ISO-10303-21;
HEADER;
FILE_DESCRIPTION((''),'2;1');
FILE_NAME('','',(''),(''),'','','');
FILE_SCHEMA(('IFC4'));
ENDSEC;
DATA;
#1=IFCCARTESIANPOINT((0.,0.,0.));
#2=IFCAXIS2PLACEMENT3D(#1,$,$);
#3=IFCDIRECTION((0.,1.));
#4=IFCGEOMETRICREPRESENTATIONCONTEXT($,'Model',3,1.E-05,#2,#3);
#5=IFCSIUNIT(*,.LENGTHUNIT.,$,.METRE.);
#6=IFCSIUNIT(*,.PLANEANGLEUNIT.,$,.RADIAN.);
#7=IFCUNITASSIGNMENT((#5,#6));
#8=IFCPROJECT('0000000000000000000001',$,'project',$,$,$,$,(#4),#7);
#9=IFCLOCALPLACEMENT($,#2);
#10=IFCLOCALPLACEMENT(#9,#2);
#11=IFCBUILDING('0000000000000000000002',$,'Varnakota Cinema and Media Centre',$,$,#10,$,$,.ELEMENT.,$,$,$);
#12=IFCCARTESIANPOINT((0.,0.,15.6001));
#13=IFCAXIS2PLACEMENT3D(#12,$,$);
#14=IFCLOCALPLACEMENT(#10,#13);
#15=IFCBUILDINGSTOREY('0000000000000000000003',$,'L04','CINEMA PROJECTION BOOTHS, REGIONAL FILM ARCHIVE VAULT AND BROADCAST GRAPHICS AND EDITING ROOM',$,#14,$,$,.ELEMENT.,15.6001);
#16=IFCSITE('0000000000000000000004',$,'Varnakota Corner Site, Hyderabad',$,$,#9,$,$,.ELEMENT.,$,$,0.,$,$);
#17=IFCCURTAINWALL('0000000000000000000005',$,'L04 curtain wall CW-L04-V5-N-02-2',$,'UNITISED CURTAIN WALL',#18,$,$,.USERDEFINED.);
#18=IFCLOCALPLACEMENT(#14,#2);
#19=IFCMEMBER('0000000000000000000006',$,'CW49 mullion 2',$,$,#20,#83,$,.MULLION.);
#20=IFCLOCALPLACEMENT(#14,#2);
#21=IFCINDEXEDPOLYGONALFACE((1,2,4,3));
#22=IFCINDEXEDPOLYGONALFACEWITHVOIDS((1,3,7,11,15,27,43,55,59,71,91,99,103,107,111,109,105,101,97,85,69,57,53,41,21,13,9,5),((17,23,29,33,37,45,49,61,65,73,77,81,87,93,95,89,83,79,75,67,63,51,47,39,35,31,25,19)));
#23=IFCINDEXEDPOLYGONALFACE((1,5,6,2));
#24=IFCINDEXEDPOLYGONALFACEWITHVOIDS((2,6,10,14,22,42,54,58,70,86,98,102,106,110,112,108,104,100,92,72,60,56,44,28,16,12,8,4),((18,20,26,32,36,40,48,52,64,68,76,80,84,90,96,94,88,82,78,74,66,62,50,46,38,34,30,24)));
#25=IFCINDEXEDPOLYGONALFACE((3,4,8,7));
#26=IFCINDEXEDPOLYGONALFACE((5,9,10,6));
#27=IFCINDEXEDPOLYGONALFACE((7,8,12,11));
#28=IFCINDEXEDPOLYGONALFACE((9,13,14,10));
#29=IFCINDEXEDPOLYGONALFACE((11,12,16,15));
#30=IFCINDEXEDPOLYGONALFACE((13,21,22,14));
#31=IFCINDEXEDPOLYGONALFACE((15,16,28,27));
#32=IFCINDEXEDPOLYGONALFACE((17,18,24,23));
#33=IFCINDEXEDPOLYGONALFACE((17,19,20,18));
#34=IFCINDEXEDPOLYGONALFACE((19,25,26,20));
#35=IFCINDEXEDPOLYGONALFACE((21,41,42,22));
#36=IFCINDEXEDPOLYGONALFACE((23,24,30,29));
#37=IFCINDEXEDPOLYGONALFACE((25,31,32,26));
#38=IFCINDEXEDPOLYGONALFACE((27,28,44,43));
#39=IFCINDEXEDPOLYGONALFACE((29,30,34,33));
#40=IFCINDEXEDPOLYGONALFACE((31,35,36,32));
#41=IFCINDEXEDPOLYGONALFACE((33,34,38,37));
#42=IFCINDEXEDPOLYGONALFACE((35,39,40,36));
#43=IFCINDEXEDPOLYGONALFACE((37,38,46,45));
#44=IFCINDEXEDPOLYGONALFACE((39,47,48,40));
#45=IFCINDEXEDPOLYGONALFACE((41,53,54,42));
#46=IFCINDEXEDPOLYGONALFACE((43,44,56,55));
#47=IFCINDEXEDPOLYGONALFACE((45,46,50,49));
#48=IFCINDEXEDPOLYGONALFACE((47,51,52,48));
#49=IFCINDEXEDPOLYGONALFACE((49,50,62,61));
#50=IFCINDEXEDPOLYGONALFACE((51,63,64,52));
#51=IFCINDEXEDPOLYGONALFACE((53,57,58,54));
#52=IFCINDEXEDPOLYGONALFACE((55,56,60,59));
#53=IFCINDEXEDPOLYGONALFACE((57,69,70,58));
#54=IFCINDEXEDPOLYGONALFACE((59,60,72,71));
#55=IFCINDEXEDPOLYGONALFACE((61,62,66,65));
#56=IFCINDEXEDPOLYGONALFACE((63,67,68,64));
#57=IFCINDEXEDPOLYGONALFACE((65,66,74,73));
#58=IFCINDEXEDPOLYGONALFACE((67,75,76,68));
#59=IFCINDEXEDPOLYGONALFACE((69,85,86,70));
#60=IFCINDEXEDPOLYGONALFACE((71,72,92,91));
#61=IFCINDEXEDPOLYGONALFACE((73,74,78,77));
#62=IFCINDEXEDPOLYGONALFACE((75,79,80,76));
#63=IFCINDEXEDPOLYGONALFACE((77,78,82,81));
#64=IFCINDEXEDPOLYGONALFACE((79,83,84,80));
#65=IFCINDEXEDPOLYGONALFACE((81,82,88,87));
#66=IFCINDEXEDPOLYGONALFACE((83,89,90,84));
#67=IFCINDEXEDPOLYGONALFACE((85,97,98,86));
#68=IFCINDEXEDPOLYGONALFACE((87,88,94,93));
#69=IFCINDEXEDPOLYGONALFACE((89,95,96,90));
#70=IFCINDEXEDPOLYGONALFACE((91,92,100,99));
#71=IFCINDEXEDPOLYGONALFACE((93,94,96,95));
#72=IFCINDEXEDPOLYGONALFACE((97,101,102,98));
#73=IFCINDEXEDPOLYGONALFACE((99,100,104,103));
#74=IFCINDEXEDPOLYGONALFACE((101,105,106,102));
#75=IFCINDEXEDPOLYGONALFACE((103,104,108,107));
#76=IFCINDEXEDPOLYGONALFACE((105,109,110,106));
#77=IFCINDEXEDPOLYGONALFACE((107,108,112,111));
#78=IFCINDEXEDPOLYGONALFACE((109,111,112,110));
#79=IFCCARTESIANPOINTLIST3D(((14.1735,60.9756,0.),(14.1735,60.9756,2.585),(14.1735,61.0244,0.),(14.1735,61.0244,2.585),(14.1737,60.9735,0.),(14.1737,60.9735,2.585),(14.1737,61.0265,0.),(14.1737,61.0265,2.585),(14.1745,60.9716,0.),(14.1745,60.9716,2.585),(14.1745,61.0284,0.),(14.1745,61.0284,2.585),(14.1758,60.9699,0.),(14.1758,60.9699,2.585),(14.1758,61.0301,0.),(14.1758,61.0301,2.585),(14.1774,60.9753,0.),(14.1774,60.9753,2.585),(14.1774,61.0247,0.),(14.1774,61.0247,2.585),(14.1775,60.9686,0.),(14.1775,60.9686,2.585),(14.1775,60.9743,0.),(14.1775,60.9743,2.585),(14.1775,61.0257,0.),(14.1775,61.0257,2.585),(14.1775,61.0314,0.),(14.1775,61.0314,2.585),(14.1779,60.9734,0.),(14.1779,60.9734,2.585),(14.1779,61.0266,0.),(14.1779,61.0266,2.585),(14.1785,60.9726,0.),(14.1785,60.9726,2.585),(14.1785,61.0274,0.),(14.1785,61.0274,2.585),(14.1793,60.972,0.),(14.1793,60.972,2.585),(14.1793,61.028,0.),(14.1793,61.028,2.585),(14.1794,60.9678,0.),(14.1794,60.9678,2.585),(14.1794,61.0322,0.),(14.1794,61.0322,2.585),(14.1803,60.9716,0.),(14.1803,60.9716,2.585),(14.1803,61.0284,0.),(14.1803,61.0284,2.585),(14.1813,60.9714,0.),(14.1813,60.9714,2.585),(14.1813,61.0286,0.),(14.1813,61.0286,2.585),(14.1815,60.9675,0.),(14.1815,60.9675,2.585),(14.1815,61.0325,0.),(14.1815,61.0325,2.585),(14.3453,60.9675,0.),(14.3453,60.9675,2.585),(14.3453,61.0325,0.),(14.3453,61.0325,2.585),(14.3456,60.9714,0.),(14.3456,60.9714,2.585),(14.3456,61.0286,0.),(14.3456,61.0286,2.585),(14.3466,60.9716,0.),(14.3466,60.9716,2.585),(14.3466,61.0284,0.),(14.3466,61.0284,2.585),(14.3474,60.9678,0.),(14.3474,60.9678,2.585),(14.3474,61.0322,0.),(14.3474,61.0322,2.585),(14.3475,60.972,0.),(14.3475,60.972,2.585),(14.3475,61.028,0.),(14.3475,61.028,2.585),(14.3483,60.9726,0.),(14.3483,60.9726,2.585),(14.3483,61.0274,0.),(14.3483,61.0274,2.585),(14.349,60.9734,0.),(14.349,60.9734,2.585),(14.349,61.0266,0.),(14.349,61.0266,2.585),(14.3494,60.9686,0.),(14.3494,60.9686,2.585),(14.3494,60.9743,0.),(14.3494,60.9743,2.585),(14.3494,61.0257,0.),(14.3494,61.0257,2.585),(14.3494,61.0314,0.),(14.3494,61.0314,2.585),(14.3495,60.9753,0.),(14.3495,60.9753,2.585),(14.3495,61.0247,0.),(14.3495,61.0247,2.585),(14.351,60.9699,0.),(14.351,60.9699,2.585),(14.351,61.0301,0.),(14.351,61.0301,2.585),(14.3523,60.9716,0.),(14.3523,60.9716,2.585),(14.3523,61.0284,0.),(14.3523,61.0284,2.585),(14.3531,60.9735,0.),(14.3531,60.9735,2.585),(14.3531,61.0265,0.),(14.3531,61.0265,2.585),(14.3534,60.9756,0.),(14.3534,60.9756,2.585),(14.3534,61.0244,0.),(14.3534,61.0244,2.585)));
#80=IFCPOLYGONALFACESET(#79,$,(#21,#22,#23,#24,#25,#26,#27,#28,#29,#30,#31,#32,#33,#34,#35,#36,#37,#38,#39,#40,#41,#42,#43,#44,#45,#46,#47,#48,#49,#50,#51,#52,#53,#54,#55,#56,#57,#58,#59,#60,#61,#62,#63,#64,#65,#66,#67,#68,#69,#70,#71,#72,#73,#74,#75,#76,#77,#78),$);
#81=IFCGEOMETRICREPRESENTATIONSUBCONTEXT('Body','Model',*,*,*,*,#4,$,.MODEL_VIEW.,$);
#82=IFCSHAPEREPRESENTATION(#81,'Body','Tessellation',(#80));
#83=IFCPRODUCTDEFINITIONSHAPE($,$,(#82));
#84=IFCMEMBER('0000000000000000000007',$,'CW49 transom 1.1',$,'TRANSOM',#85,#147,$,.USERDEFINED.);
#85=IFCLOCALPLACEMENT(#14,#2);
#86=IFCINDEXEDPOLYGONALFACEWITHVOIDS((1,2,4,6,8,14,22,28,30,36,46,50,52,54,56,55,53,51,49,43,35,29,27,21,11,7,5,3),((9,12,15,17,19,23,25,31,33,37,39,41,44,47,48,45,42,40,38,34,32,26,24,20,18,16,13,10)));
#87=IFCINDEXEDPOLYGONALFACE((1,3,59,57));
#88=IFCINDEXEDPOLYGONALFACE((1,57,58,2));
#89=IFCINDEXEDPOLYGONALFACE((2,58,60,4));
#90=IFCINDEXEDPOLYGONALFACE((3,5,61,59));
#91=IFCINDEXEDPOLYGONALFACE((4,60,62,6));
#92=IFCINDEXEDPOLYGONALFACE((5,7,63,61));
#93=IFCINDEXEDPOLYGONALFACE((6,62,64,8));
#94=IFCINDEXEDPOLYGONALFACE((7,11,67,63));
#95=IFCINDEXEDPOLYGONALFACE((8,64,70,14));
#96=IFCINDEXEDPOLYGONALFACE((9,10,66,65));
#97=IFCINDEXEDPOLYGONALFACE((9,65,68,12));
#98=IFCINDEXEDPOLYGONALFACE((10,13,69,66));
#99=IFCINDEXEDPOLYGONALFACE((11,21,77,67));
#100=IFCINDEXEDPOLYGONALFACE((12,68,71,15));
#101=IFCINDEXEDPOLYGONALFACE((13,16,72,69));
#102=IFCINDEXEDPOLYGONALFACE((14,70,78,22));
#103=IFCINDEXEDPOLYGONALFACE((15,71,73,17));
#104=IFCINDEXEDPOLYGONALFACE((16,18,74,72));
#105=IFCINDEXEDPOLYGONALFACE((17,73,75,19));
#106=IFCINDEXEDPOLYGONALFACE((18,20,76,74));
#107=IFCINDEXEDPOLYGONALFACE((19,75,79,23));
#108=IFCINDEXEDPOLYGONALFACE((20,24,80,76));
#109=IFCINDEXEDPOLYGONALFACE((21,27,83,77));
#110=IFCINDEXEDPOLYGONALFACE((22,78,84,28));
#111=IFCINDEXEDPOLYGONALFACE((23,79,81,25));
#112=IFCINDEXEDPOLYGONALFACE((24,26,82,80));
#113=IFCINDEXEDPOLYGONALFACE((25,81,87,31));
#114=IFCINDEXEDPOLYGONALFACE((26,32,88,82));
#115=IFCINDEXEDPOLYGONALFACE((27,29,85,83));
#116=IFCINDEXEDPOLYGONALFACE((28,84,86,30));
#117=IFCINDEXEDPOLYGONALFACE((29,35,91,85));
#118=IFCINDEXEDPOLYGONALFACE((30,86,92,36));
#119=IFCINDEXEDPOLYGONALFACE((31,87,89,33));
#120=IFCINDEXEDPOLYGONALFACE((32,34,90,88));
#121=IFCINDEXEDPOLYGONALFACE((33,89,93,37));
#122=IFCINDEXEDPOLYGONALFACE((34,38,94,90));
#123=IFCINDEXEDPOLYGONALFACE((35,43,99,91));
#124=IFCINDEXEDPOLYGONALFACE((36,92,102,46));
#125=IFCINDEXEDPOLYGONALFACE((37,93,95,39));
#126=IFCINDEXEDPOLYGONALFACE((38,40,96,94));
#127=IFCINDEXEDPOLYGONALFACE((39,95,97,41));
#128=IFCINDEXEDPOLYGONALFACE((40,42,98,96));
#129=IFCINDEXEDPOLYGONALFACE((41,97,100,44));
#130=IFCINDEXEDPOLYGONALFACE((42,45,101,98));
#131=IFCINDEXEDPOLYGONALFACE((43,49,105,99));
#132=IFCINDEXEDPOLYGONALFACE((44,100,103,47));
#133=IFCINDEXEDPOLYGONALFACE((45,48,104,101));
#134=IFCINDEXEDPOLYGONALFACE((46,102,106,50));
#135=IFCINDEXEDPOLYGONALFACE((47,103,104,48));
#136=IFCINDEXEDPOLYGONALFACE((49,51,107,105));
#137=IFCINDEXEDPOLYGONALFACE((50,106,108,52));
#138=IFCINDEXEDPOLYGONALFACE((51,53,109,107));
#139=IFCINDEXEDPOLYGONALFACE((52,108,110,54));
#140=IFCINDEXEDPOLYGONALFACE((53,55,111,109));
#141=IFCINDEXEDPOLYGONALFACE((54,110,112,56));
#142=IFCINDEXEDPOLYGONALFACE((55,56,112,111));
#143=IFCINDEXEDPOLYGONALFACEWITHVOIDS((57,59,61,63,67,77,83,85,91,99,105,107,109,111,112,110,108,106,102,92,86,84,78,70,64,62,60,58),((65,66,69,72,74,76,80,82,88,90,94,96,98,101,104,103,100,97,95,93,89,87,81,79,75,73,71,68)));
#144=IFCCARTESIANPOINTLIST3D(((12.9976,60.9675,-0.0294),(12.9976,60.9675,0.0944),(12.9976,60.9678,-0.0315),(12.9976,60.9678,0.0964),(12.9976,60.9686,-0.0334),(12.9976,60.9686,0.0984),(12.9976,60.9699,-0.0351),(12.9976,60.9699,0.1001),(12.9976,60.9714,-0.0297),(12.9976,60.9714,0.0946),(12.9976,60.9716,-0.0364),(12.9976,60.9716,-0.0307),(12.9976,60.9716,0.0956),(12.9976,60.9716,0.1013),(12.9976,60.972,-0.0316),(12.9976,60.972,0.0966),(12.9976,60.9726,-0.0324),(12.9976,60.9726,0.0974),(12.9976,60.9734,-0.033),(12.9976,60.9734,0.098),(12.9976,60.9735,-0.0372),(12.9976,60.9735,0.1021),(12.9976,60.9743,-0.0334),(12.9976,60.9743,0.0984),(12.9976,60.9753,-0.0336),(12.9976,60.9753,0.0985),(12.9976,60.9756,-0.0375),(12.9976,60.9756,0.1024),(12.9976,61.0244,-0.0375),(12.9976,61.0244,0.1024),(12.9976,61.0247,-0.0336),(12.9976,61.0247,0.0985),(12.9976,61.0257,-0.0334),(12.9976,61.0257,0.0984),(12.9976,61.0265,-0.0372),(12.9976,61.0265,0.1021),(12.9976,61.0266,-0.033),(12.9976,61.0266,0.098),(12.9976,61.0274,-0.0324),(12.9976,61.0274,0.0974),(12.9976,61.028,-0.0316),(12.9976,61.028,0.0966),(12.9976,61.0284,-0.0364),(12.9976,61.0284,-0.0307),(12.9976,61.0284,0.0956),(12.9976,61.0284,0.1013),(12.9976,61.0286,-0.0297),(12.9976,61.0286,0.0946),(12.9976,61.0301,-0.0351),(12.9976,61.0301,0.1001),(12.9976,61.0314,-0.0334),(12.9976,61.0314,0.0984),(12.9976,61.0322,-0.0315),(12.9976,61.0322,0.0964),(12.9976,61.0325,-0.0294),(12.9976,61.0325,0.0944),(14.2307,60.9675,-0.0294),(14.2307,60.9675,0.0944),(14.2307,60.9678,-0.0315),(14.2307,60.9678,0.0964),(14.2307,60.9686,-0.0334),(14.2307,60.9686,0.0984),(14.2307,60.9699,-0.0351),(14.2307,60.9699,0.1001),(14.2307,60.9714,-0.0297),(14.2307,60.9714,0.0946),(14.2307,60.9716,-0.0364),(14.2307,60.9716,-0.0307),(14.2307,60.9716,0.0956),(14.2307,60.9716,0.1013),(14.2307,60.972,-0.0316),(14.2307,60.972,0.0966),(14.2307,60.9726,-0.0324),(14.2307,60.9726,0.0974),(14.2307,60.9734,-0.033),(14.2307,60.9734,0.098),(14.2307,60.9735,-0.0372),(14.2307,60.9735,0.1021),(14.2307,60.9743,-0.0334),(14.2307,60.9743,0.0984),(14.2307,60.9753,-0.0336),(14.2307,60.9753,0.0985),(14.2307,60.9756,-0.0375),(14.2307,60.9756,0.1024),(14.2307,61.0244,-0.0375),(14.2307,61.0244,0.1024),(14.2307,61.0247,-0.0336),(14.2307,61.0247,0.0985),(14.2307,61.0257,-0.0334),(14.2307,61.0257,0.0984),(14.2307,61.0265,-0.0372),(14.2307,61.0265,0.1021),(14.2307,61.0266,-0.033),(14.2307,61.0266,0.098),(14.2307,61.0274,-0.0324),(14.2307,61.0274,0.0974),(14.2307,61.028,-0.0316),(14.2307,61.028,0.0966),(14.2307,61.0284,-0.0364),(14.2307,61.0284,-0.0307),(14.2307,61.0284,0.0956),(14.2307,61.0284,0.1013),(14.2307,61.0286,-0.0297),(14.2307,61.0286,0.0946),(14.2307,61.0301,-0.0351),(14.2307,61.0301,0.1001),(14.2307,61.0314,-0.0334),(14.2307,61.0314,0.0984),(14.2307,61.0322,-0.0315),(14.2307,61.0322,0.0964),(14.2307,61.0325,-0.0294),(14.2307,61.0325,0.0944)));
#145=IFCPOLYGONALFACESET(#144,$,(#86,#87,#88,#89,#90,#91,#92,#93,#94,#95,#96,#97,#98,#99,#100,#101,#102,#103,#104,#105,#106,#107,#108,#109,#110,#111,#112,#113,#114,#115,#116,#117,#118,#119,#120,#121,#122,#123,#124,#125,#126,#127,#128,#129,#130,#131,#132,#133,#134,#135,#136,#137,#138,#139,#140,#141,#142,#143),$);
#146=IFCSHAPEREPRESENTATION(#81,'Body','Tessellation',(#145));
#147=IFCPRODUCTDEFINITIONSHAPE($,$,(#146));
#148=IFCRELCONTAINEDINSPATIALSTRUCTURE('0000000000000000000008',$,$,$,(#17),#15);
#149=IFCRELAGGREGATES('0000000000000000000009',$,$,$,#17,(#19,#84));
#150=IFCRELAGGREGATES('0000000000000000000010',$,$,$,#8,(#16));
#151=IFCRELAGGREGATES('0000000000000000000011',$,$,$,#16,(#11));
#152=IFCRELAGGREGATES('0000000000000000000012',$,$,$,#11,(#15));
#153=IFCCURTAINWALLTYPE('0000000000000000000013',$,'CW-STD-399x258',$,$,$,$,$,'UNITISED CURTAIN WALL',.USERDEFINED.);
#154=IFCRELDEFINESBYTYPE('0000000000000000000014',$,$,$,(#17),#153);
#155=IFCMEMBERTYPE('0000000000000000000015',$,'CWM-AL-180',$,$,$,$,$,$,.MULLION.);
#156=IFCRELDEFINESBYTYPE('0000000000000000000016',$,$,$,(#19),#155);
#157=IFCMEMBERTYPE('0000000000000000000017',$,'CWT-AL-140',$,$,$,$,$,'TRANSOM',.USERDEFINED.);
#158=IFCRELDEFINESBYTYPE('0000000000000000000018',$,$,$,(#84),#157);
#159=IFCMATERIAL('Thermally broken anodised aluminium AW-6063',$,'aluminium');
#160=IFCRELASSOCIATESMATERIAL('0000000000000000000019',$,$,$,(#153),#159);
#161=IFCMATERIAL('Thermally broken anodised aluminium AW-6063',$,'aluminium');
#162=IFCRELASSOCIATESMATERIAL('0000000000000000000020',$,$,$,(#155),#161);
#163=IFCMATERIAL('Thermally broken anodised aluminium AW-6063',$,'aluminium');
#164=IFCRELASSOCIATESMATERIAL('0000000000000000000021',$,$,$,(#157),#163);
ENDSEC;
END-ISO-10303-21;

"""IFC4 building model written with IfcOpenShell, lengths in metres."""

from ifc_helpers import new_model, si_unit, direction, frame, origin, origin_2d, place, context, subcontext, project, spatial, hollow_rectangle, extrude, material, material_profile, profile_set, type_object, element, aggregate, save


model = new_model("IFC4")

# Units and contexts
model_context = context("Model", 3, precision=1e-05, world=origin(), true_north=direction((0.0, 1.0)))
body_context = subcontext(model_context, "Body", "Model", "MODEL_VIEW")
ifc_project = project(units=[si_unit("LENGTHUNIT", "METRE"), si_unit("PLANEANGLEUNIT", "RADIAN")], contexts=[model_context])

# Site, building, storey
site_placement = place(None, origin())
site = spatial("IfcSite", under=ifc_project, at=site_placement, Name="Varnakota Corner Site, Hyderabad", CompositionType="ELEMENT", RefElevation=0.0)
building_placement = place(site_placement, origin())
building = spatial("IfcBuilding", under=site, at=building_placement, Name="Varnakota Cinema and Media Centre", CompositionType="ELEMENT")
storey_placement = place(building_placement, frame((0.0, 0.0, 15.6001)))
storey = spatial("IfcBuildingStorey", under=building, at=storey_placement, Name="L04", Description="CINEMA PROJECTION BOOTHS, REGIONAL FILM ARCHIVE VAULT AND BROADCAST GRAPHICS AND EDITING ROOM", CompositionType="ELEMENT", Elevation=15.6001)

# Shared definitions
ifc_material_1 = material(Name="Thermally broken anodised aluminium AW-6063", Category="aluminium")
curtain_wall_type = type_object("IfcCurtainWallType", Name="CW-STD-399x258", ElementType="UNITISED CURTAIN WALL", PredefinedType="USERDEFINED", material=ifc_material_1)
ifc_material_2 = material(Name="Thermally broken anodised aluminium AW-6063", Category="aluminium")
ifc_material_profile_1 = material_profile(ifc_material_2, hollow_rectangle(XDim=0.0649, YDim=0.1799, WallThickness=0.0039, InnerFilletRadius=0.0039, OuterFilletRadius=0.0081, at=origin_2d()), Name="AL-MULLION 180x65x4")
ifc_profile_set_1 = profile_set([ifc_material_profile_1], Name="Thermally broken anodised aluminium AW-6063")
member_type_1 = type_object("IfcMemberType", Name="CWM-AL-180", PredefinedType="MULLION", material=ifc_profile_set_1)

# Curtain wall, members
curtain_wall_1_placement = place(storey_placement, origin())
curtain_wall_1 = element("IfcCurtainWall", 1, at=curtain_wall_1_placement, inside=storey, type_object=curtain_wall_type, Name="L04 curtain wall CW-L04-V5-N-02-2", ObjectType="UNITISED CURTAIN WALL", PredefinedType="USERDEFINED")
member_1_placement = place(storey_placement, frame((14.2634, 61.0, 0.0), z_axis=(0.0, 0.0, 1.0), x_axis=(0.0, 1.0, 0.0)))
member_1 = element("IfcMember", 2, at=member_1_placement, type_object=member_type_1, Name="CW49 mullion 2", PredefinedType="MULLION", context=body_context, shape_type="SweptSolid", body=[
    extrude(hollow_rectangle(XDim=0.0649, YDim=0.1799, WallThickness=0.0039, InnerFilletRadius=0.0039, OuterFilletRadius=0.0081, at=origin_2d()), origin(), (0.0, 0.0, 1.0), 2.585),
])
ifc_material_3 = material(Name="Thermally broken anodised aluminium AW-6063", Category="aluminium")
ifc_material_profile_2 = material_profile(ifc_material_3, hollow_rectangle(XDim=0.0649, YDim=0.1399, WallThickness=0.0039, InnerFilletRadius=0.0039, OuterFilletRadius=0.0081, at=origin_2d()), Name="AL-TRANSOM 140x65x4")
ifc_profile_set_2 = profile_set([ifc_material_profile_2], Name="Thermally broken anodised aluminium AW-6063")
member_type_2 = type_object("IfcMemberType", Name="CWT-AL-140", ElementType="TRANSOM", PredefinedType="USERDEFINED", material=ifc_profile_set_2)
member_2_placement = place(storey_placement, frame((12.9976, 61.0, 0.0325), z_axis=(1.0, 0.0, 0.0), x_axis=(0.0, 1.0, 0.0)))
member_2 = element("IfcMember", 3, at=member_2_placement, type_object=member_type_2, Name="CW49 transom 1.1", ObjectType="TRANSOM", PredefinedType="USERDEFINED", context=body_context, shape_type="SweptSolid", body=[
    extrude(hollow_rectangle(XDim=0.0649, YDim=0.1399, WallThickness=0.0039, InnerFilletRadius=0.0039, OuterFilletRadius=0.0081, at=origin_2d()), origin(), (0.0, 0.0, 1.0), 1.2332),
])

aggregate(curtain_wall_1, [member_1, member_2])

save(model, "model.ifc")
